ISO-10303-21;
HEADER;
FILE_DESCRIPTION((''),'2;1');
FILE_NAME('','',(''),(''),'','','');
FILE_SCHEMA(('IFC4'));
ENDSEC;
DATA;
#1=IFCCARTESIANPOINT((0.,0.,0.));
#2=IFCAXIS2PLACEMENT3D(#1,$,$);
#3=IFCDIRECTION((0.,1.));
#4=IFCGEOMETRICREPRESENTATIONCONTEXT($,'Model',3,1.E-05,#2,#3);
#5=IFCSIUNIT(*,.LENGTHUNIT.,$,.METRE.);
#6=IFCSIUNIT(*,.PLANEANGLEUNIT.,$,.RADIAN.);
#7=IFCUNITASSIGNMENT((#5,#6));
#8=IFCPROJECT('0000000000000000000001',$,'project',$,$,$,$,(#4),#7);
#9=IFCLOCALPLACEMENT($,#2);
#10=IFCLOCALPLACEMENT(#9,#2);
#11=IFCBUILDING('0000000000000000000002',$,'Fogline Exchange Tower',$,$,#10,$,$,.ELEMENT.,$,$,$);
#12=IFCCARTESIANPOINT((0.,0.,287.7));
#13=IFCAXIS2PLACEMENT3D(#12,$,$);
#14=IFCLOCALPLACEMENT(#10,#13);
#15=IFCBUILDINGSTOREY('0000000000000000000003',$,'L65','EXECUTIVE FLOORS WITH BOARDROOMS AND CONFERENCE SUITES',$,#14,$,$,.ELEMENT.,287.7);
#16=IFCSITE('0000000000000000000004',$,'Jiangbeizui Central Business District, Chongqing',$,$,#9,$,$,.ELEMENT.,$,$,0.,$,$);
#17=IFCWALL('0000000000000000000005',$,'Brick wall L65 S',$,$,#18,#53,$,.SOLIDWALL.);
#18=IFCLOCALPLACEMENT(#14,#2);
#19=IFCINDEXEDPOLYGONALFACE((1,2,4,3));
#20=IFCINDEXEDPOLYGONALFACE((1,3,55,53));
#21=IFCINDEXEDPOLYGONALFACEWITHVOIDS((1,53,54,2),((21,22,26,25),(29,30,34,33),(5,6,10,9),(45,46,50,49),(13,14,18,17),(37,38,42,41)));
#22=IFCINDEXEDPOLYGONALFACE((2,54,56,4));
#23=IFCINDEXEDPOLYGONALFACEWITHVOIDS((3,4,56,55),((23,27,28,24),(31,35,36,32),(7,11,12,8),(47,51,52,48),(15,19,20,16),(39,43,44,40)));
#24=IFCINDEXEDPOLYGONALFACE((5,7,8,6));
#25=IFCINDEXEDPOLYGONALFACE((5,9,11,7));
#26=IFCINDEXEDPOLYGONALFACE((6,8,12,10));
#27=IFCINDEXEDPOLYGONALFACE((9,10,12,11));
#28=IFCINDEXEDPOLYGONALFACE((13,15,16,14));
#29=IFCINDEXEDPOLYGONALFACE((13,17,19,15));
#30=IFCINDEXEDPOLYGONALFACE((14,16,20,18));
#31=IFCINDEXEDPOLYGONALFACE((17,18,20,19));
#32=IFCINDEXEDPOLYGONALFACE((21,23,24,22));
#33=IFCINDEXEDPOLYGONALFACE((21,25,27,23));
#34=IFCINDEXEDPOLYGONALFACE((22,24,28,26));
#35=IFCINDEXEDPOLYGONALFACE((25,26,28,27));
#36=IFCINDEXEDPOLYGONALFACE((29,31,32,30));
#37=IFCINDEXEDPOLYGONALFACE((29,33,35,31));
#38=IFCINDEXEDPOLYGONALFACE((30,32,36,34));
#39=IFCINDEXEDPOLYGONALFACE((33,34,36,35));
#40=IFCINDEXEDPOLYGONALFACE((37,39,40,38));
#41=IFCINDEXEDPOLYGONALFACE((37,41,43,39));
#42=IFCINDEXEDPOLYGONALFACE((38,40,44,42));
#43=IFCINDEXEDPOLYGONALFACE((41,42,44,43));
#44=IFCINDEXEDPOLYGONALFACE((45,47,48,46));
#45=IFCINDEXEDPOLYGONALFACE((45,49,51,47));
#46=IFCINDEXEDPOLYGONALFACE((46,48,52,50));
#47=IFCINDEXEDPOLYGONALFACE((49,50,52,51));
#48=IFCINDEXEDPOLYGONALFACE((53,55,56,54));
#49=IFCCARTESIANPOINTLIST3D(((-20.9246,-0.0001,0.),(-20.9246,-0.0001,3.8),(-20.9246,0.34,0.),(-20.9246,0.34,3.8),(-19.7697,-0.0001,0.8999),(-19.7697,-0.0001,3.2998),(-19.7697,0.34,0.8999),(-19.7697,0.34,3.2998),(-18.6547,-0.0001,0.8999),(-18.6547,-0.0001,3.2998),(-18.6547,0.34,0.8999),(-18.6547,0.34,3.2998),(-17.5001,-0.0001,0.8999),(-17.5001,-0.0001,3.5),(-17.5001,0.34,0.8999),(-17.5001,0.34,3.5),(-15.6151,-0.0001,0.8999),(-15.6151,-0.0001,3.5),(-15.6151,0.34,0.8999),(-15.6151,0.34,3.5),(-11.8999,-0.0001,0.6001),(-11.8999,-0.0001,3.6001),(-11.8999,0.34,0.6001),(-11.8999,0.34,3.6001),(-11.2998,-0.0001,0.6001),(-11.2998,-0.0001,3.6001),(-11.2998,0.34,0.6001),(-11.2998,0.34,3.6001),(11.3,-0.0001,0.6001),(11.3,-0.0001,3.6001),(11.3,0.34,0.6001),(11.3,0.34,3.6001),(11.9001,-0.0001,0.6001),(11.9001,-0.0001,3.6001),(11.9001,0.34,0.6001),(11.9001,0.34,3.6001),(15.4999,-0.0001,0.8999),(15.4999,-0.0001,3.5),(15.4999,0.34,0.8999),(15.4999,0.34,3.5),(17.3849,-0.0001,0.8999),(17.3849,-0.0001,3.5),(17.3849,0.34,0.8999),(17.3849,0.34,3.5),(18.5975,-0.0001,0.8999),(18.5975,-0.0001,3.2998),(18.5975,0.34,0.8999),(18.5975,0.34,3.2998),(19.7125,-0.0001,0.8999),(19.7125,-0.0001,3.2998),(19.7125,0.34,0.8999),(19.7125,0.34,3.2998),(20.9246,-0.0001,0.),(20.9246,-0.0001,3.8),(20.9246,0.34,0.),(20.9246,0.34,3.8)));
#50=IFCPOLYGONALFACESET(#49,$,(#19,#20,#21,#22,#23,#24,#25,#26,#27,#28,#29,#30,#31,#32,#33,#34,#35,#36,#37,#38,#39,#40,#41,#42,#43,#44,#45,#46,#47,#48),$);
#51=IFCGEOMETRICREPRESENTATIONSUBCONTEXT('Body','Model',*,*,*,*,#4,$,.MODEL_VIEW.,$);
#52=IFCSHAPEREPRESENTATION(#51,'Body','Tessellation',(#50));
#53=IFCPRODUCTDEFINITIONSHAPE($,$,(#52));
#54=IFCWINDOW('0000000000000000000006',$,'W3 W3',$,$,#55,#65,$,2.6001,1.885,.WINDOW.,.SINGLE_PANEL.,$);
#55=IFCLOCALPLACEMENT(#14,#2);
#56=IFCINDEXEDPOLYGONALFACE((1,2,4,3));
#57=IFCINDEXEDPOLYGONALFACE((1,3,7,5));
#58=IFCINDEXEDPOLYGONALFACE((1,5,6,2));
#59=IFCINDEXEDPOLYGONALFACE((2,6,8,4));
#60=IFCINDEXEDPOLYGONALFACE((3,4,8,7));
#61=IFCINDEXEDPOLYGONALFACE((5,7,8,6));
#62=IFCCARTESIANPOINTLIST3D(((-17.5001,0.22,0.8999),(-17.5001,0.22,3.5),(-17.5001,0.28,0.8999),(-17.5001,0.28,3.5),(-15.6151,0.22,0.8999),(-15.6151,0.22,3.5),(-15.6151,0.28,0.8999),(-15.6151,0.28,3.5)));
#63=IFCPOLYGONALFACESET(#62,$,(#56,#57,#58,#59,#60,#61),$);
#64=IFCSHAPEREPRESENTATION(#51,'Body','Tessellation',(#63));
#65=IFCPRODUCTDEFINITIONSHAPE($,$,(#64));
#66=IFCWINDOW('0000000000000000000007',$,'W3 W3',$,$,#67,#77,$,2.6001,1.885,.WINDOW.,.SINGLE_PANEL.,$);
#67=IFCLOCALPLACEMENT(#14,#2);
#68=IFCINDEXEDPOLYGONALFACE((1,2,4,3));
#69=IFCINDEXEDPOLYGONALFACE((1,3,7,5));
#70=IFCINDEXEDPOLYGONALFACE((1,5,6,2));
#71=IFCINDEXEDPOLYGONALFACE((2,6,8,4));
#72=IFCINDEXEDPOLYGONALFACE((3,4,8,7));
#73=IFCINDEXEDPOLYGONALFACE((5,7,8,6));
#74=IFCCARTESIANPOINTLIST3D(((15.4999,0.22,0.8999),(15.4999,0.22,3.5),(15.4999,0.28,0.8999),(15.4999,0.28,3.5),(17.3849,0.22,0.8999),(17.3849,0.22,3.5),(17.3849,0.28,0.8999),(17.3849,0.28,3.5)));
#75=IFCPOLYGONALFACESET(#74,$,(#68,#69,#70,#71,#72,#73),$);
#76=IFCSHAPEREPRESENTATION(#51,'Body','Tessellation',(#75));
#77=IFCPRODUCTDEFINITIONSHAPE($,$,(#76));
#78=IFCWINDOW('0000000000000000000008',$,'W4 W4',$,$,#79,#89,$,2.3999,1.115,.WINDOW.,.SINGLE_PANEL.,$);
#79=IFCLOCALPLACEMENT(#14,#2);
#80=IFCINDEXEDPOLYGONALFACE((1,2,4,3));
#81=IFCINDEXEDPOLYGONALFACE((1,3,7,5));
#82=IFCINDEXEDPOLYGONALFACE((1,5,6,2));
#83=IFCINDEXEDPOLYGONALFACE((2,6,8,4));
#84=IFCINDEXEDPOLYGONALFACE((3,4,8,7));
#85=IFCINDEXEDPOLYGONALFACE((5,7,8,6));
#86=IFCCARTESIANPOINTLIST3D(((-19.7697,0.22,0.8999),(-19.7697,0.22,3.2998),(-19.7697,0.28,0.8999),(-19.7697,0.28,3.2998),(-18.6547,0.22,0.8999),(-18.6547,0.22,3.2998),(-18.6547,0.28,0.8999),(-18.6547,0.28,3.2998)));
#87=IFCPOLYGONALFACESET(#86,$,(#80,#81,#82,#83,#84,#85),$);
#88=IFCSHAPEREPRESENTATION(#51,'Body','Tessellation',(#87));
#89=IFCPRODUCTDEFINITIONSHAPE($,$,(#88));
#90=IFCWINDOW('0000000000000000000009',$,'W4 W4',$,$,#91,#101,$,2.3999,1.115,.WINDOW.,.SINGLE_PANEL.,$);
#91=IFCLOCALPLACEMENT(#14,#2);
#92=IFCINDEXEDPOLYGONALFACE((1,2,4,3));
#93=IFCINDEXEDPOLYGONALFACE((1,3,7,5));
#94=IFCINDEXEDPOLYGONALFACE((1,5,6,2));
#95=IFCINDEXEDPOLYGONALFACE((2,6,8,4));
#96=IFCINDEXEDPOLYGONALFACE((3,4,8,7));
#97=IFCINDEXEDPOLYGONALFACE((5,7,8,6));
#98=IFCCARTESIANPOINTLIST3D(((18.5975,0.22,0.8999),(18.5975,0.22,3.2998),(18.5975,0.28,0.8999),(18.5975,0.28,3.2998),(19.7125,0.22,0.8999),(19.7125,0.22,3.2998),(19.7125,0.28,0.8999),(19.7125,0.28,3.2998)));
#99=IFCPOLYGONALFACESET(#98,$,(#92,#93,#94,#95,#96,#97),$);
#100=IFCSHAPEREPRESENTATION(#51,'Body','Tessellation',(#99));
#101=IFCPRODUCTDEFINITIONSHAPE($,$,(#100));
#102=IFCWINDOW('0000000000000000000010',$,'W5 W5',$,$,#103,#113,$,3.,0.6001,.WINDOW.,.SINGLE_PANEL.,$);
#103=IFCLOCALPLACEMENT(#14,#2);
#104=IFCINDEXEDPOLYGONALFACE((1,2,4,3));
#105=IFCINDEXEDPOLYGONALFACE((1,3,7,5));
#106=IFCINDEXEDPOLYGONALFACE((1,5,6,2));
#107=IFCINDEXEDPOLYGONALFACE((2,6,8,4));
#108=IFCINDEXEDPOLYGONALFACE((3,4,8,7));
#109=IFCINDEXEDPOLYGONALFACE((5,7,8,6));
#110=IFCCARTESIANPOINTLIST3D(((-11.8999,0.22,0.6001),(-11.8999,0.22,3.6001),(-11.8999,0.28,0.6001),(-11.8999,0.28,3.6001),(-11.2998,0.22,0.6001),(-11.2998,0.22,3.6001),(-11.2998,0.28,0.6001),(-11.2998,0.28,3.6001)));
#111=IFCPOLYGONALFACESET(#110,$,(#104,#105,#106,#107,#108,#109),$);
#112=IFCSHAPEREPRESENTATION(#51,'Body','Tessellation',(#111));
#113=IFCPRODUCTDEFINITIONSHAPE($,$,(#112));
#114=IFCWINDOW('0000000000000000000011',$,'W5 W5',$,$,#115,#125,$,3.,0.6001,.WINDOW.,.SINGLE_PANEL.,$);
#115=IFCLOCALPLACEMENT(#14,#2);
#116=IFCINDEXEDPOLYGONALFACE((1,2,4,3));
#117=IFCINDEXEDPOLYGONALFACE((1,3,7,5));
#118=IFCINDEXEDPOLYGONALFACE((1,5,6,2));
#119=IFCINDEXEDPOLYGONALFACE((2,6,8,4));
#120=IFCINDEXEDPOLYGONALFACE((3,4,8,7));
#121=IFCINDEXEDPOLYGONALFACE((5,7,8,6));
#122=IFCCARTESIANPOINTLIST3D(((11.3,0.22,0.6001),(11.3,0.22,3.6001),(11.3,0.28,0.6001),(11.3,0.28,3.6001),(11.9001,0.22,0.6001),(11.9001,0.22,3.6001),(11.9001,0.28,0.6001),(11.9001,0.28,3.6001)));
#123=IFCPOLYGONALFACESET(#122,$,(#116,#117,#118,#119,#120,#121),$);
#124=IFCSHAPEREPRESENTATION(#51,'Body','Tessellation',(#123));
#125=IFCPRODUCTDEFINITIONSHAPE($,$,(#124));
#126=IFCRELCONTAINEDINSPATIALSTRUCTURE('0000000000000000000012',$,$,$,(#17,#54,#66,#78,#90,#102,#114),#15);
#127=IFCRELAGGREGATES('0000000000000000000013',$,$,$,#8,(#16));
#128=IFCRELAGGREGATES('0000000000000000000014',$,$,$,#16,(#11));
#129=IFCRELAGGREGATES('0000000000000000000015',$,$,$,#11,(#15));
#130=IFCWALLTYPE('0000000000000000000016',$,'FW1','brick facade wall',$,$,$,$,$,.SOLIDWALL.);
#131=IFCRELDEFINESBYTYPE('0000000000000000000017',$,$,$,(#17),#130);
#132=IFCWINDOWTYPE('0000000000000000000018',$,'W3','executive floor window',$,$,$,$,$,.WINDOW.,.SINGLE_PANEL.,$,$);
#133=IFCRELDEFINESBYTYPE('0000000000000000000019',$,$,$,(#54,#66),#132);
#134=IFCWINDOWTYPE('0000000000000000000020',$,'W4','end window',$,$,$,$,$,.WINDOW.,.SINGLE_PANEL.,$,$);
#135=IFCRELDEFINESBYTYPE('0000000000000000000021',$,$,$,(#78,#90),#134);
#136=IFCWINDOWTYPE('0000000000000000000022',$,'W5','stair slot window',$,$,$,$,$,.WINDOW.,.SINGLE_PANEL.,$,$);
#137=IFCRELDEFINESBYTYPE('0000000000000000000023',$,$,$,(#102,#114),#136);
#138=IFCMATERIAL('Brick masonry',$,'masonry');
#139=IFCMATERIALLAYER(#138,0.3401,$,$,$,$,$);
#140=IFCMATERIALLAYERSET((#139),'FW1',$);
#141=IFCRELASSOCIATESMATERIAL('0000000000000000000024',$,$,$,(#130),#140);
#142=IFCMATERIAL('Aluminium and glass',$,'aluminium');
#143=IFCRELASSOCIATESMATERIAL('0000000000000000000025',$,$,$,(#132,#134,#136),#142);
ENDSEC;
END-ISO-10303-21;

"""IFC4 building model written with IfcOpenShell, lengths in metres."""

from ifc_helpers import new_model, si_unit, direction, frame, frame_2d, origin, place, context, subcontext, project, spatial, rectangle, extrude, material, layer, layer_set, type_object, element, fill, save


model = new_model("IFC4")

# Units and contexts
model_context = context("Model", 3, precision=1e-05, world=origin(), true_north=direction((0.0, 1.0)))
body_context = subcontext(model_context, "Body", "Model", "MODEL_VIEW")
ifc_project = project(units=[si_unit("LENGTHUNIT", "METRE"), si_unit("PLANEANGLEUNIT", "RADIAN")], contexts=[model_context])

# Site, building, storey
site_placement = place(None, origin())
site = spatial("IfcSite", under=ifc_project, at=site_placement, Name="Jiangbeizui Central Business District, Chongqing", CompositionType="ELEMENT", RefElevation=0.0)
building_placement = place(site_placement, origin())
building = spatial("IfcBuilding", under=site, at=building_placement, Name="Fogline Exchange Tower", CompositionType="ELEMENT")
storey_placement = place(building_placement, frame((0.0, 0.0, 287.7)))
storey = spatial("IfcBuildingStorey", under=building, at=storey_placement, Name="L65", Description="EXECUTIVE FLOORS WITH BOARDROOMS AND CONFERENCE SUITES", CompositionType="ELEMENT", Elevation=287.7)

# Shared definitions
ifc_material_1 = material(Name="Brick masonry", Category="masonry")
ifc_layer = layer(ifc_material_1, 0.3401)
ifc_layer_set = layer_set([ifc_layer], Name="FW1")
wall_type = type_object("IfcWallType", Name="FW1", Description="brick facade wall", PredefinedType="SOLIDWALL", material=ifc_layer_set)
ifc_material_2 = material(Name="Aluminium and glass", Category="aluminium")

# Wall, openings, windows
wall_1_placement = place(storey_placement, frame((-20.9246, 0.1699, 0.0), z_axis=(0.0, 0.0, 1.0), x_axis=(1.0, 0.0, 0.0)))
wall_1 = element("IfcWall", 1, at=wall_1_placement, inside=storey, type_object=wall_type, Name="Brick wall L65 S", PredefinedType="SOLIDWALL", context=body_context, shape_type="SweptSolid", body=[
    extrude(rectangle(XDim=41.8491, YDim=0.3401, at=frame_2d((20.9246, 0.0))), origin(), (0.0, 0.0, 1.0), 3.8),
])
opening_1_placement = place(wall_1_placement, frame((3.4246, 0.0, 0.8999)))
opening_1 = element("IfcOpeningElement", 2, at=opening_1_placement, cuts=wall_1, PredefinedType="OPENING", context=body_context, shape_type="SweptSolid", body=[
    extrude(rectangle(XDim=1.885, YDim=2.6001, at=frame_2d((0.9424, 1.3))), frame((0.0, 0.1802, 0.0), z_axis=(0.0, -1.0, 0.0), x_axis=(1.0, 0.0, 0.0)), (0.0, 0.0, 1.0), 0.3601),
])
opening_2_placement = place(wall_1_placement, frame((36.4246, 0.0, 0.8999)))
opening_2 = element("IfcOpeningElement", 3, at=opening_2_placement, cuts=wall_1, PredefinedType="OPENING", context=body_context, shape_type="SweptSolid", body=[
    extrude(rectangle(XDim=1.885, YDim=2.6001, at=frame_2d((0.9424, 1.3))), frame((0.0, 0.1802, 0.0), z_axis=(0.0, -1.0, 0.0), x_axis=(1.0, 0.0, 0.0)), (0.0, 0.0, 1.0), 0.3601),
])
opening_3_placement = place(wall_1_placement, frame((1.1548, 0.0, 0.8999)))
opening_3 = element("IfcOpeningElement", 4, at=opening_3_placement, cuts=wall_1, PredefinedType="OPENING", context=body_context, shape_type="SweptSolid", body=[
    extrude(rectangle(XDim=1.115, YDim=2.3999, at=frame_2d((0.5576, 1.2))), frame((0.0, 0.1802, 0.0), z_axis=(0.0, -1.0, 0.0), x_axis=(1.0, 0.0, 0.0)), (0.0, 0.0, 1.0), 0.3601),
])
opening_4_placement = place(wall_1_placement, frame((39.522, 0.0, 0.8999)))
opening_4 = element("IfcOpeningElement", 5, at=opening_4_placement, cuts=wall_1, PredefinedType="OPENING", context=body_context, shape_type="SweptSolid", body=[
    extrude(rectangle(XDim=1.115, YDim=2.3999, at=frame_2d((0.5576, 1.2))), frame((0.0, 0.1802, 0.0), z_axis=(0.0, -1.0, 0.0), x_axis=(1.0, 0.0, 0.0)), (0.0, 0.0, 1.0), 0.3601),
])
opening_5_placement = place(wall_1_placement, frame((9.0247, 0.0, 0.6001)))
opening_5 = element("IfcOpeningElement", 6, at=opening_5_placement, cuts=wall_1, PredefinedType="OPENING", context=body_context, shape_type="SweptSolid", body=[
    extrude(rectangle(XDim=0.6001, YDim=3.0, at=frame_2d((0.3, 1.5))), frame((0.0, 0.1802, 0.0), z_axis=(0.0, -1.0, 0.0), x_axis=(1.0, 0.0, 0.0)), (0.0, 0.0, 1.0), 0.3601),
])
opening_6_placement = place(wall_1_placement, frame((32.2246, 0.0, 0.6001)))
opening_6 = element("IfcOpeningElement", 7, at=opening_6_placement, cuts=wall_1, PredefinedType="OPENING", context=body_context, shape_type="SweptSolid", body=[
    extrude(rectangle(XDim=0.6001, YDim=3.0, at=frame_2d((0.3, 1.5))), frame((0.0, 0.1802, 0.0), z_axis=(0.0, -1.0, 0.0), x_axis=(1.0, 0.0, 0.0)), (0.0, 0.0, 1.0), 0.3601),
])
window_type_1 = type_object("IfcWindowType", Name="W3", Description="executive floor window", PartitioningType="SINGLE_PANEL", PredefinedType="WINDOW", material=ifc_material_2)
window_1_placement = place(opening_1_placement, origin())
window_1 = element("IfcWindow", 8, at=window_1_placement, inside=storey, type_object=window_type_1, Name="W3 W3", OverallHeight=2.6001, OverallWidth=1.885, PartitioningType="SINGLE_PANEL", PredefinedType="WINDOW", context=body_context, shape_type="SweptSolid", body=[
    extrude(rectangle(XDim=1.885, YDim=2.6001, at=frame_2d((0.9424, 1.3))), frame((0.0, 0.1101, 0.0), z_axis=(0.0, -1.0, 0.0), x_axis=(1.0, 0.0, 0.0)), (0.0, 0.0, 1.0), 0.0601),
])
fill(opening_1, window_1)
window_2_placement = place(opening_2_placement, origin())
window_2 = element("IfcWindow", 9, at=window_2_placement, inside=storey, type_object=window_type_1, Name="W3 W3", OverallHeight=2.6001, OverallWidth=1.885, PartitioningType="SINGLE_PANEL", PredefinedType="WINDOW", context=body_context, shape_type="SweptSolid", body=[
    extrude(rectangle(XDim=1.885, YDim=2.6001, at=frame_2d((0.9424, 1.3))), frame((0.0, 0.1101, 0.0), z_axis=(0.0, -1.0, 0.0), x_axis=(1.0, 0.0, 0.0)), (0.0, 0.0, 1.0), 0.0601),
])
fill(opening_2, window_2)
window_type_2 = type_object("IfcWindowType", Name="W4", Description="end window", PartitioningType="SINGLE_PANEL", PredefinedType="WINDOW", material=ifc_material_2)
window_3_placement = place(opening_3_placement, origin())
window_3 = element("IfcWindow", 10, at=window_3_placement, inside=storey, type_object=window_type_2, Name="W4 W4", OverallHeight=2.3999, OverallWidth=1.115, PartitioningType="SINGLE_PANEL", PredefinedType="WINDOW", context=body_context, shape_type="SweptSolid", body=[
    extrude(rectangle(XDim=1.115, YDim=2.3999, at=frame_2d((0.5576, 1.2))), frame((0.0, 0.1101, 0.0), z_axis=(0.0, -1.0, 0.0), x_axis=(1.0, 0.0, 0.0)), (0.0, 0.0, 1.0), 0.0601),
])
fill(opening_3, window_3)
window_4_placement = place(opening_4_placement, origin())
window_4 = element("IfcWindow", 11, at=window_4_placement, inside=storey, type_object=window_type_2, Name="W4 W4", OverallHeight=2.3999, OverallWidth=1.115, PartitioningType="SINGLE_PANEL", PredefinedType="WINDOW", context=body_context, shape_type="SweptSolid", body=[
    extrude(rectangle(XDim=1.115, YDim=2.3999, at=frame_2d((0.5576, 1.2))), frame((0.0, 0.1101, 0.0), z_axis=(0.0, -1.0, 0.0), x_axis=(1.0, 0.0, 0.0)), (0.0, 0.0, 1.0), 0.0601),
])
fill(opening_4, window_4)
window_type_3 = type_object("IfcWindowType", Name="W5", Description="stair slot window", PartitioningType="SINGLE_PANEL", PredefinedType="WINDOW", material=ifc_material_2)
window_5_placement = place(opening_5_placement, origin())
window_5 = element("IfcWindow", 12, at=window_5_placement, inside=storey, type_object=window_type_3, Name="W5 W5", OverallHeight=3.0, OverallWidth=0.6001, PartitioningType="SINGLE_PANEL", PredefinedType="WINDOW", context=body_context, shape_type="SweptSolid", body=[
    extrude(rectangle(XDim=0.6001, YDim=3.0, at=frame_2d((0.3, 1.5))), frame((0.0, 0.1101, 0.0), z_axis=(0.0, -1.0, 0.0), x_axis=(1.0, 0.0, 0.0)), (0.0, 0.0, 1.0), 0.0601),
])
fill(opening_5, window_5)
window_6_placement = place(opening_6_placement, origin())
window_6 = element("IfcWindow", 13, at=window_6_placement, inside=storey, type_object=window_type_3, Name="W5 W5", OverallHeight=3.0, OverallWidth=0.6001, PartitioningType="SINGLE_PANEL", PredefinedType="WINDOW", context=body_context, shape_type="SweptSolid", body=[
    extrude(rectangle(XDim=0.6001, YDim=3.0, at=frame_2d((0.3, 1.5))), frame((0.0, 0.1101, 0.0), z_axis=(0.0, -1.0, 0.0), x_axis=(1.0, 0.0, 0.0)), (0.0, 0.0, 1.0), 0.0601),
])
fill(opening_6, window_6)

save(model, "model.ifc")
